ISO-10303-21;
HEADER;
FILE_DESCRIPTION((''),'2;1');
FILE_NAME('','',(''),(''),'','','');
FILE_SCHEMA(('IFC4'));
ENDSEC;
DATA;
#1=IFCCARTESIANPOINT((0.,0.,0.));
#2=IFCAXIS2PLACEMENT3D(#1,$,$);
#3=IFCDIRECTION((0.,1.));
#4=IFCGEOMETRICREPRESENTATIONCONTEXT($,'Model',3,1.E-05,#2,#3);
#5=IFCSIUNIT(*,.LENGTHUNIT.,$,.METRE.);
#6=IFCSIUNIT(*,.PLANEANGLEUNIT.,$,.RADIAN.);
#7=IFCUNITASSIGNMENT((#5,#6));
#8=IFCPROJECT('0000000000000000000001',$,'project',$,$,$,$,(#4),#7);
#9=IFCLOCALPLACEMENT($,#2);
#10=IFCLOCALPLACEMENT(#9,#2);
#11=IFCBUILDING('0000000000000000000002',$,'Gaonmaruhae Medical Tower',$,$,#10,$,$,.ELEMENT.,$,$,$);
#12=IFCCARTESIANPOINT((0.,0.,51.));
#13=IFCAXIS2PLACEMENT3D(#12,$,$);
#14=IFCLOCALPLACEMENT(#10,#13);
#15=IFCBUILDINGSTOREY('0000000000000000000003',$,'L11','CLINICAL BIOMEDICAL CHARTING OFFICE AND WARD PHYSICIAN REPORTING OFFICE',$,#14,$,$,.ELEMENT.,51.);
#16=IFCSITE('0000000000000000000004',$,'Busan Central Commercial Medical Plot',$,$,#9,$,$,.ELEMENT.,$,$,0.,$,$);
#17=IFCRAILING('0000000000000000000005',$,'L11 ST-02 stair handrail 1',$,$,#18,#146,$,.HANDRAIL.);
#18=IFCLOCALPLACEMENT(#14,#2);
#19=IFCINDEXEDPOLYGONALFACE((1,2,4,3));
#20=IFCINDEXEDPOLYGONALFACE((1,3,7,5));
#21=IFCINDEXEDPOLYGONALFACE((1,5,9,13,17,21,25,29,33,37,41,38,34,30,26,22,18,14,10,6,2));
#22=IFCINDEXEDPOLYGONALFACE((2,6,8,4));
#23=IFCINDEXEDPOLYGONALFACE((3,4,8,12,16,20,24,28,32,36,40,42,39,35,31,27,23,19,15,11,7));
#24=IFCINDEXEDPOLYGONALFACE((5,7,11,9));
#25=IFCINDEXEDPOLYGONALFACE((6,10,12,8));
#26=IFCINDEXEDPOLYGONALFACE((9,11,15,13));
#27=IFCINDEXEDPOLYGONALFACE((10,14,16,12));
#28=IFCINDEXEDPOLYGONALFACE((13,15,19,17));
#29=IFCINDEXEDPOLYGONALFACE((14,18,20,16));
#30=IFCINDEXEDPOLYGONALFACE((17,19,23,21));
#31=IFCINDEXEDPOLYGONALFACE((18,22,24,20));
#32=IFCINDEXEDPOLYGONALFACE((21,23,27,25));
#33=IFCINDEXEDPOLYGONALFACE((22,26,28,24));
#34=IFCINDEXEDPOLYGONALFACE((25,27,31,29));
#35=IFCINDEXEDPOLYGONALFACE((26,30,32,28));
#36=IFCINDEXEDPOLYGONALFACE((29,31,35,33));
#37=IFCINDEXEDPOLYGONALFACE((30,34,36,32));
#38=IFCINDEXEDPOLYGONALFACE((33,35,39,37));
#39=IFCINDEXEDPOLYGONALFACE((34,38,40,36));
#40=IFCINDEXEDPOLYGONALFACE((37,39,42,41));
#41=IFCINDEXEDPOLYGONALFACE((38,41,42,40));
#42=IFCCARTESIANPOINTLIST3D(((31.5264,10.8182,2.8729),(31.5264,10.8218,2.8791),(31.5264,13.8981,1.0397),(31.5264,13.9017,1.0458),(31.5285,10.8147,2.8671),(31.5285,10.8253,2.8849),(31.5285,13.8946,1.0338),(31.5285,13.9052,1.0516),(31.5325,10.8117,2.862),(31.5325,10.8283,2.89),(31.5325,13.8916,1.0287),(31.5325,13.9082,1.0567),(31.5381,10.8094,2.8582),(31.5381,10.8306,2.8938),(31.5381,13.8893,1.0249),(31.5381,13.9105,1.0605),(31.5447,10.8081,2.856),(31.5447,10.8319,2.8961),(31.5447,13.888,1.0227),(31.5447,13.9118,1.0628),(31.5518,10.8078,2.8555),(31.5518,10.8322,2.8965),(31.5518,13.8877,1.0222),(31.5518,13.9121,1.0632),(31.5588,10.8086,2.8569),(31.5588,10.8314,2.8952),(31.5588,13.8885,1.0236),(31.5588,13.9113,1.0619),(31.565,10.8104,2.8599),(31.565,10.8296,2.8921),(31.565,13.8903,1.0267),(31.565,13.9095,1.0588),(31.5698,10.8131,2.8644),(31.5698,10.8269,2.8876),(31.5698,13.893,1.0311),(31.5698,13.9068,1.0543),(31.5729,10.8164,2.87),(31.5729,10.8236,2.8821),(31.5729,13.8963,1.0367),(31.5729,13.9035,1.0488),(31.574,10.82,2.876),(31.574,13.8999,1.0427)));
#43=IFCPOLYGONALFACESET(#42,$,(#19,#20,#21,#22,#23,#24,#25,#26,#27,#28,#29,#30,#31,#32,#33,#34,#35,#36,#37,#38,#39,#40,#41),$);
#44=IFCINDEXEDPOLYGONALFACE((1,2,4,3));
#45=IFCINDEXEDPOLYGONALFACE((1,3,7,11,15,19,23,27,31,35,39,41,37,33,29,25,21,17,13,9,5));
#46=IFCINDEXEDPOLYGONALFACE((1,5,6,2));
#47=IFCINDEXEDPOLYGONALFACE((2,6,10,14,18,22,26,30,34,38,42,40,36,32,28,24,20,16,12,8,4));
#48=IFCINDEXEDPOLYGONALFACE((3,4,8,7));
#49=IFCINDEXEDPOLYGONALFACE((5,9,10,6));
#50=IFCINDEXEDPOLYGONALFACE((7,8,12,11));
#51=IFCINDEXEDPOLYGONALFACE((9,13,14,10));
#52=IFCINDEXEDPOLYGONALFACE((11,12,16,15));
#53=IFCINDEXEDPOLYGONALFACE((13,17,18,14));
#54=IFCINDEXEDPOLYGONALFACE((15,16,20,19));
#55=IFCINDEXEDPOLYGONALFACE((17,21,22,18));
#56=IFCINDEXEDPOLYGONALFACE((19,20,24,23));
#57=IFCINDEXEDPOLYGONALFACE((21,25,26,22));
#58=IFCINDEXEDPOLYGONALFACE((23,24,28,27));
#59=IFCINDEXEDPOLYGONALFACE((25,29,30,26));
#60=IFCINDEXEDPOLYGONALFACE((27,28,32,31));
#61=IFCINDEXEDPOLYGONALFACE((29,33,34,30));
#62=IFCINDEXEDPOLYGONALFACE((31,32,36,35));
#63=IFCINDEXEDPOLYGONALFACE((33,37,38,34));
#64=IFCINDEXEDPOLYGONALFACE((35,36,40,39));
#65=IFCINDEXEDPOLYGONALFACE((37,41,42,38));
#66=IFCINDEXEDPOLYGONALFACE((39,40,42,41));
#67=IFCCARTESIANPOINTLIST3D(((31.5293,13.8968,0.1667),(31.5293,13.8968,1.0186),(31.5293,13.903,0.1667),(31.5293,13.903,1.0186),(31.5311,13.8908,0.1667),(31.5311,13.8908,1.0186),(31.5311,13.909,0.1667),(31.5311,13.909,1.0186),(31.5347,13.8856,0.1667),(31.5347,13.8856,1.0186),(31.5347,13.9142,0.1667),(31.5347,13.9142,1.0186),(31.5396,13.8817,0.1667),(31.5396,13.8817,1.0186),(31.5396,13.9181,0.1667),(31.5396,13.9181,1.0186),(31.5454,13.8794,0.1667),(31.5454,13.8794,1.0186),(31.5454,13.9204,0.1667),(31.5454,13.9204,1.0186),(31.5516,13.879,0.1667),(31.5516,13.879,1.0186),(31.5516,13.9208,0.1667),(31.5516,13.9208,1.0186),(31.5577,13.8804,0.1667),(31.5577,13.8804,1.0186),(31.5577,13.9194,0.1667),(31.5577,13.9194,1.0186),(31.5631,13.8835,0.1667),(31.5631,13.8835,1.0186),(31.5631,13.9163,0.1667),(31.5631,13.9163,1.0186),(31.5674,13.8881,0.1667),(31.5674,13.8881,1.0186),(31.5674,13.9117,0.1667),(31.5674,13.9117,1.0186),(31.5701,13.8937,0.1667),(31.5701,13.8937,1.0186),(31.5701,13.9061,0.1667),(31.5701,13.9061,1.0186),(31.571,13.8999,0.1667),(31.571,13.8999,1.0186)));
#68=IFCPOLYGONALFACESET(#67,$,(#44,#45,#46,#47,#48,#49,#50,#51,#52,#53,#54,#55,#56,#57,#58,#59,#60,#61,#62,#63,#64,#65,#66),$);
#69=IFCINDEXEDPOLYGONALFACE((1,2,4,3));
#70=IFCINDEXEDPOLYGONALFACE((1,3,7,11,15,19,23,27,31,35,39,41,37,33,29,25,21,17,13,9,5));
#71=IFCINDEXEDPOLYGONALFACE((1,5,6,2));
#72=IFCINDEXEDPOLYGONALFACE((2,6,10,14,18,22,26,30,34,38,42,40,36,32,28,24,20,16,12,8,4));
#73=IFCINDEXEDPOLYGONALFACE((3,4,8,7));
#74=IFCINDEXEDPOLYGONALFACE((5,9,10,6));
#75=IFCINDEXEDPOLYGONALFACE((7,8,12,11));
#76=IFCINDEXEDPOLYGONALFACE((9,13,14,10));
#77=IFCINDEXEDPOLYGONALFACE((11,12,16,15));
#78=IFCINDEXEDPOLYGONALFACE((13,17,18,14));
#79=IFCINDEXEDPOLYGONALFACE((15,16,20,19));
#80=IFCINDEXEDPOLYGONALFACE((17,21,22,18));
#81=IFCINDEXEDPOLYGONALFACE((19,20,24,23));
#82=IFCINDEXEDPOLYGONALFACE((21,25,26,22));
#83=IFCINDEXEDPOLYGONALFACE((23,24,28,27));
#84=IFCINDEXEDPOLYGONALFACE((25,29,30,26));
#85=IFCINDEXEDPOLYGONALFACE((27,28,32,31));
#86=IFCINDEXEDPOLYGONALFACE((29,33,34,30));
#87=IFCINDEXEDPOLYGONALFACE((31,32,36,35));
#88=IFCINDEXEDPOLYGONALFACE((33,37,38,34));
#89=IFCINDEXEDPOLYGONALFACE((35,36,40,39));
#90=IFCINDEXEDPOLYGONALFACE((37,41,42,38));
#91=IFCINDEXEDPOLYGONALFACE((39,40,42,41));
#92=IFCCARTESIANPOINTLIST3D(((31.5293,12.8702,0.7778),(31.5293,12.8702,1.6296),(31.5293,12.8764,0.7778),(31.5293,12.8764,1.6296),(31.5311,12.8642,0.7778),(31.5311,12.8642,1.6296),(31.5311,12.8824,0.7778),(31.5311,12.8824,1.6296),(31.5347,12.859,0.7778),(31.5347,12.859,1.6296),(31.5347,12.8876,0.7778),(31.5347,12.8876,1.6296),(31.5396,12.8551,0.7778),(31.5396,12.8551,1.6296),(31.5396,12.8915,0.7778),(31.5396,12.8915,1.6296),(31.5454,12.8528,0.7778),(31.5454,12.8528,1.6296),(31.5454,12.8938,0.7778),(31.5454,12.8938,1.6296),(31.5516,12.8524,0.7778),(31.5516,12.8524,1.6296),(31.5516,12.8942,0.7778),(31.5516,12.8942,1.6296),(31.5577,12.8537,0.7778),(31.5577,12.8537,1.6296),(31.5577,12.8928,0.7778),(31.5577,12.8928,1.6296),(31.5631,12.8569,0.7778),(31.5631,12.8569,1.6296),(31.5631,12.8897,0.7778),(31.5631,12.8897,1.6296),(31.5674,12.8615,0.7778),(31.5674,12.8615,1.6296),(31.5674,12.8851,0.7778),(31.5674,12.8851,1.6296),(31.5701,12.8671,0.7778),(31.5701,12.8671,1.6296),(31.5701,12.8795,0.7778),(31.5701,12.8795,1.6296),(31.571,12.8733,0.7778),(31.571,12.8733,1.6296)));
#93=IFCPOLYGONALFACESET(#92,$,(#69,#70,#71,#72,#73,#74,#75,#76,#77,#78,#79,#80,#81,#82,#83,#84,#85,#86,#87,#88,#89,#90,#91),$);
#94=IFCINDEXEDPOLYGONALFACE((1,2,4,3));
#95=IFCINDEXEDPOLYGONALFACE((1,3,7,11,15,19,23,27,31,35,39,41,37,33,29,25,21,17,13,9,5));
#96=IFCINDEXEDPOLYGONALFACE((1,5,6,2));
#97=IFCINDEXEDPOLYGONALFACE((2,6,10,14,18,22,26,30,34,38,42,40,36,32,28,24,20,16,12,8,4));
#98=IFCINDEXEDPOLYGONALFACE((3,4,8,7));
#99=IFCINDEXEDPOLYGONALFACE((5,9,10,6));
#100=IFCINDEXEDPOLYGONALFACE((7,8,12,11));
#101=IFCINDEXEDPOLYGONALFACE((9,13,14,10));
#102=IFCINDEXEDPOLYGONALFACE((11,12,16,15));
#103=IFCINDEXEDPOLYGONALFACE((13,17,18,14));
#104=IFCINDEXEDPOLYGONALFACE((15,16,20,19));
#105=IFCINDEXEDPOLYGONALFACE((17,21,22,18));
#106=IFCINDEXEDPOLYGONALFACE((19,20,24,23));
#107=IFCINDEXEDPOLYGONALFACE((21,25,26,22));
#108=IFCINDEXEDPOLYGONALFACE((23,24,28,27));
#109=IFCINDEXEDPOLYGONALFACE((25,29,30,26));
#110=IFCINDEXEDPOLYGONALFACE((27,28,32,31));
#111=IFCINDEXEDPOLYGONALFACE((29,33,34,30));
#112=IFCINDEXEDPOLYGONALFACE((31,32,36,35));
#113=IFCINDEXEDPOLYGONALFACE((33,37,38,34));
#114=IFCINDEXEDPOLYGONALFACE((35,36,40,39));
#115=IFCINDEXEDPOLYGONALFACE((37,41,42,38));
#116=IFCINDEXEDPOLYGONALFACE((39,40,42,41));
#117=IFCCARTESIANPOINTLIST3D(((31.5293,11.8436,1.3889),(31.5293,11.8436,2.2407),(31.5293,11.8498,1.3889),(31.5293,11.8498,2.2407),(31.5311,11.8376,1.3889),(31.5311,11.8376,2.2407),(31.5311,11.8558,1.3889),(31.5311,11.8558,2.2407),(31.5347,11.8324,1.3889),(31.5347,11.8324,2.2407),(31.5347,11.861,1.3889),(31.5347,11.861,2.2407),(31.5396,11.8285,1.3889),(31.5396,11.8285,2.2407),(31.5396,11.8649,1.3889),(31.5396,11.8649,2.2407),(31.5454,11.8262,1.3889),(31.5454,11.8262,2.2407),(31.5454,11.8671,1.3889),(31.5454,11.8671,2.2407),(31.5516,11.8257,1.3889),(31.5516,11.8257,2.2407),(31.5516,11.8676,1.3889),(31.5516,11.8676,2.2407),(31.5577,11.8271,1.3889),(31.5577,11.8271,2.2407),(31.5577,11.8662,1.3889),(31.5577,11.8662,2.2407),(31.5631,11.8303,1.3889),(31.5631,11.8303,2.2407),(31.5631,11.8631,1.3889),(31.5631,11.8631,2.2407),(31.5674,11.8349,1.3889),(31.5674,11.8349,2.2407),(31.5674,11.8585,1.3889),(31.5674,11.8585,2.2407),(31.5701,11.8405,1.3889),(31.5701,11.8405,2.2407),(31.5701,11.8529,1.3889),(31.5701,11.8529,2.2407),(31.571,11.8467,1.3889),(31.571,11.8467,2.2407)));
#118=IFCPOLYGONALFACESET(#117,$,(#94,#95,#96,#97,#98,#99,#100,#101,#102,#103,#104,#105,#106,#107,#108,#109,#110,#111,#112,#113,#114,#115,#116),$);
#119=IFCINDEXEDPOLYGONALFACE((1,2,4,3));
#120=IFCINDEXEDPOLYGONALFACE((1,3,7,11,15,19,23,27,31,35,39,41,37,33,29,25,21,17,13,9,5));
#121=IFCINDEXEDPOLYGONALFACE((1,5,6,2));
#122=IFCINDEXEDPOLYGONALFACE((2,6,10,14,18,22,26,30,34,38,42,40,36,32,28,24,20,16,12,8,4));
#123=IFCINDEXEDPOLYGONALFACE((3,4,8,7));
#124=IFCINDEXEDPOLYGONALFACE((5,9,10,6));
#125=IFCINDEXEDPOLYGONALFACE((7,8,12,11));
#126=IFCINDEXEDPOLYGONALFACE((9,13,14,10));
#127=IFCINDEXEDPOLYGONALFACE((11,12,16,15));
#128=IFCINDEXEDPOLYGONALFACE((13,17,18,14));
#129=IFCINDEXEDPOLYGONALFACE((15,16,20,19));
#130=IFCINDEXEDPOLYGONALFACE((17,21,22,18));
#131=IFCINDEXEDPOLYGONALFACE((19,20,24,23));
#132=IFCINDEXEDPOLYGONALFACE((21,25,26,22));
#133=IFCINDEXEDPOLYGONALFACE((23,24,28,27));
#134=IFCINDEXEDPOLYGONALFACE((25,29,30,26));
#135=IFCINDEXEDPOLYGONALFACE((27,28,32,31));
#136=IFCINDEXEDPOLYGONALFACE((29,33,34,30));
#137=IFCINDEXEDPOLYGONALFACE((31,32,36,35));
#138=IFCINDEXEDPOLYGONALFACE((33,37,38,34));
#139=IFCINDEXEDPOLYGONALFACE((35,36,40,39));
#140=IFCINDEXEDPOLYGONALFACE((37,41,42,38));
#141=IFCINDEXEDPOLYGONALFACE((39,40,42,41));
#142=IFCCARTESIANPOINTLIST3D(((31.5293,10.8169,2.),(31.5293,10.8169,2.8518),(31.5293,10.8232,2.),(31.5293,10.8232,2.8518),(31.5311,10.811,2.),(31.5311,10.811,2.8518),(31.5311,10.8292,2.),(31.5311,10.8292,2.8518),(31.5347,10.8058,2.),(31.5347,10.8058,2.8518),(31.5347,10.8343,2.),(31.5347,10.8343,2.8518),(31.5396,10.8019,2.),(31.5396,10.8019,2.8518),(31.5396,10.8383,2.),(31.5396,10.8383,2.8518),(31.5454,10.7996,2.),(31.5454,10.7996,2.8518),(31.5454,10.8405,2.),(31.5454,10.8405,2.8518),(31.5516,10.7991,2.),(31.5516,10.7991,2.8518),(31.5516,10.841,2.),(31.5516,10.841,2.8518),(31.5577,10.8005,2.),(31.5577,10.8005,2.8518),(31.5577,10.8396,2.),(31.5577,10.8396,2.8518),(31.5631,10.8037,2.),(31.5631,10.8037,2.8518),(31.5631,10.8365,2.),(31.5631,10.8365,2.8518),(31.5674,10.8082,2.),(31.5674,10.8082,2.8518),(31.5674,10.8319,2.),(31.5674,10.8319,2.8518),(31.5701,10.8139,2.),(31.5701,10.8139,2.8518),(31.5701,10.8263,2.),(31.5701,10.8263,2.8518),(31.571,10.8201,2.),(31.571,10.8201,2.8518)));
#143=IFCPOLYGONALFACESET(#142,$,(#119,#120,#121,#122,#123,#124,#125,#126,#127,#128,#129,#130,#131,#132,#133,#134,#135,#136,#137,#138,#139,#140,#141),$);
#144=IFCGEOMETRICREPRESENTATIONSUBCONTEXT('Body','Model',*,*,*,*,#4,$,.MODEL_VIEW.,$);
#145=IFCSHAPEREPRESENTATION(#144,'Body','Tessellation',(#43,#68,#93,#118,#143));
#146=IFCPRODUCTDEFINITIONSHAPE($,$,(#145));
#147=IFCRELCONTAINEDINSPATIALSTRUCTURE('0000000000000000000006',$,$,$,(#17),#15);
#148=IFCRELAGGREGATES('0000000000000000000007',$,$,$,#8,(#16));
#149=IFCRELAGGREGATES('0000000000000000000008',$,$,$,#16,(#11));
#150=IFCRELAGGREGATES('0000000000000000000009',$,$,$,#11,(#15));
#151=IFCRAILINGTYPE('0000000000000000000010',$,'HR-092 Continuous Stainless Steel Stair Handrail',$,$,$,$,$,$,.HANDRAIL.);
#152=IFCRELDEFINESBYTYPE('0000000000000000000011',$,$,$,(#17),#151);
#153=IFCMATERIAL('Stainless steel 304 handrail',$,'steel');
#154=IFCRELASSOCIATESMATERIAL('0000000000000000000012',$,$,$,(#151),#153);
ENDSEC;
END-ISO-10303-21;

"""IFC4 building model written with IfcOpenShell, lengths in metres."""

from ifc_helpers import new_model, si_unit, direction, frame, origin, origin_2d, place, context, subcontext, project, spatial, circle, extrude, material, type_object, element, save


model = new_model("IFC4")

# Units and contexts
model_context = context("Model", 3, precision=1e-05, world=origin(), true_north=direction((0.0, 1.0)))
body_context = subcontext(model_context, "Body", "Model", "MODEL_VIEW")
ifc_project = project(units=[si_unit("LENGTHUNIT", "METRE"), si_unit("PLANEANGLEUNIT", "RADIAN")], contexts=[model_context])

# Site, building, storey
site_placement = place(None, origin())
site = spatial("IfcSite", under=ifc_project, at=site_placement, Name="Busan Central Commercial Medical Plot", CompositionType="ELEMENT", RefElevation=0.0)
building_placement = place(site_placement, origin())
building = spatial("IfcBuilding", under=site, at=building_placement, Name="Gaonmaruhae Medical Tower", CompositionType="ELEMENT")
storey_placement = place(building_placement, frame((0.0, 0.0, 51.0)))
storey = spatial("IfcBuildingStorey", under=building, at=storey_placement, Name="L11", Description="CLINICAL BIOMEDICAL CHARTING OFFICE AND WARD PHYSICIAN REPORTING OFFICE", CompositionType="ELEMENT", Elevation=51.0)

# Railing
ifc_material_1 = material(Name="Stainless steel 304 handrail", Category="steel")
railing_type_1 = type_object("IfcRailingType", Name="HR-092 Continuous Stainless Steel Stair Handrail", PredefinedType="HANDRAIL", material=ifc_material_1)
railing_1_placement = place(storey_placement, frame((31.55, 13.8999, 0.1667)))
element("IfcRailing", 1, at=railing_1_placement, inside=storey, type_object=railing_type_1, Name="L11 ST-02 stair handrail 1", PredefinedType="HANDRAIL", context=body_context, shape_type="SweptSolid", body=[
    extrude(circle(Radius=0.0239, at=origin_2d()), frame((0.0, 0.0, 0.876), z_axis=(0.0, -0.859291, 0.511487), x_axis=(1.0, 0.0, 0.0)), (0.0, 0.0, 1.0), 3.5842),
    extrude(circle(Radius=0.021, at=origin_2d()), origin(), (0.0, 0.0, 1.0), 0.8518),
    extrude(circle(Radius=0.021, at=origin_2d()), frame((0.0, -1.0266, 0.6111)), (0.0, 0.0, 1.0), 0.8518),
    extrude(circle(Radius=0.021, at=origin_2d()), frame((0.0, -2.0532, 1.2222)), (0.0, 0.0, 1.0), 0.8518),
    extrude(circle(Radius=0.021, at=origin_2d()), frame((0.0, -3.0798, 1.8333)), (0.0, 0.0, 1.0), 0.8518),
])

save(model, "model.ifc")
